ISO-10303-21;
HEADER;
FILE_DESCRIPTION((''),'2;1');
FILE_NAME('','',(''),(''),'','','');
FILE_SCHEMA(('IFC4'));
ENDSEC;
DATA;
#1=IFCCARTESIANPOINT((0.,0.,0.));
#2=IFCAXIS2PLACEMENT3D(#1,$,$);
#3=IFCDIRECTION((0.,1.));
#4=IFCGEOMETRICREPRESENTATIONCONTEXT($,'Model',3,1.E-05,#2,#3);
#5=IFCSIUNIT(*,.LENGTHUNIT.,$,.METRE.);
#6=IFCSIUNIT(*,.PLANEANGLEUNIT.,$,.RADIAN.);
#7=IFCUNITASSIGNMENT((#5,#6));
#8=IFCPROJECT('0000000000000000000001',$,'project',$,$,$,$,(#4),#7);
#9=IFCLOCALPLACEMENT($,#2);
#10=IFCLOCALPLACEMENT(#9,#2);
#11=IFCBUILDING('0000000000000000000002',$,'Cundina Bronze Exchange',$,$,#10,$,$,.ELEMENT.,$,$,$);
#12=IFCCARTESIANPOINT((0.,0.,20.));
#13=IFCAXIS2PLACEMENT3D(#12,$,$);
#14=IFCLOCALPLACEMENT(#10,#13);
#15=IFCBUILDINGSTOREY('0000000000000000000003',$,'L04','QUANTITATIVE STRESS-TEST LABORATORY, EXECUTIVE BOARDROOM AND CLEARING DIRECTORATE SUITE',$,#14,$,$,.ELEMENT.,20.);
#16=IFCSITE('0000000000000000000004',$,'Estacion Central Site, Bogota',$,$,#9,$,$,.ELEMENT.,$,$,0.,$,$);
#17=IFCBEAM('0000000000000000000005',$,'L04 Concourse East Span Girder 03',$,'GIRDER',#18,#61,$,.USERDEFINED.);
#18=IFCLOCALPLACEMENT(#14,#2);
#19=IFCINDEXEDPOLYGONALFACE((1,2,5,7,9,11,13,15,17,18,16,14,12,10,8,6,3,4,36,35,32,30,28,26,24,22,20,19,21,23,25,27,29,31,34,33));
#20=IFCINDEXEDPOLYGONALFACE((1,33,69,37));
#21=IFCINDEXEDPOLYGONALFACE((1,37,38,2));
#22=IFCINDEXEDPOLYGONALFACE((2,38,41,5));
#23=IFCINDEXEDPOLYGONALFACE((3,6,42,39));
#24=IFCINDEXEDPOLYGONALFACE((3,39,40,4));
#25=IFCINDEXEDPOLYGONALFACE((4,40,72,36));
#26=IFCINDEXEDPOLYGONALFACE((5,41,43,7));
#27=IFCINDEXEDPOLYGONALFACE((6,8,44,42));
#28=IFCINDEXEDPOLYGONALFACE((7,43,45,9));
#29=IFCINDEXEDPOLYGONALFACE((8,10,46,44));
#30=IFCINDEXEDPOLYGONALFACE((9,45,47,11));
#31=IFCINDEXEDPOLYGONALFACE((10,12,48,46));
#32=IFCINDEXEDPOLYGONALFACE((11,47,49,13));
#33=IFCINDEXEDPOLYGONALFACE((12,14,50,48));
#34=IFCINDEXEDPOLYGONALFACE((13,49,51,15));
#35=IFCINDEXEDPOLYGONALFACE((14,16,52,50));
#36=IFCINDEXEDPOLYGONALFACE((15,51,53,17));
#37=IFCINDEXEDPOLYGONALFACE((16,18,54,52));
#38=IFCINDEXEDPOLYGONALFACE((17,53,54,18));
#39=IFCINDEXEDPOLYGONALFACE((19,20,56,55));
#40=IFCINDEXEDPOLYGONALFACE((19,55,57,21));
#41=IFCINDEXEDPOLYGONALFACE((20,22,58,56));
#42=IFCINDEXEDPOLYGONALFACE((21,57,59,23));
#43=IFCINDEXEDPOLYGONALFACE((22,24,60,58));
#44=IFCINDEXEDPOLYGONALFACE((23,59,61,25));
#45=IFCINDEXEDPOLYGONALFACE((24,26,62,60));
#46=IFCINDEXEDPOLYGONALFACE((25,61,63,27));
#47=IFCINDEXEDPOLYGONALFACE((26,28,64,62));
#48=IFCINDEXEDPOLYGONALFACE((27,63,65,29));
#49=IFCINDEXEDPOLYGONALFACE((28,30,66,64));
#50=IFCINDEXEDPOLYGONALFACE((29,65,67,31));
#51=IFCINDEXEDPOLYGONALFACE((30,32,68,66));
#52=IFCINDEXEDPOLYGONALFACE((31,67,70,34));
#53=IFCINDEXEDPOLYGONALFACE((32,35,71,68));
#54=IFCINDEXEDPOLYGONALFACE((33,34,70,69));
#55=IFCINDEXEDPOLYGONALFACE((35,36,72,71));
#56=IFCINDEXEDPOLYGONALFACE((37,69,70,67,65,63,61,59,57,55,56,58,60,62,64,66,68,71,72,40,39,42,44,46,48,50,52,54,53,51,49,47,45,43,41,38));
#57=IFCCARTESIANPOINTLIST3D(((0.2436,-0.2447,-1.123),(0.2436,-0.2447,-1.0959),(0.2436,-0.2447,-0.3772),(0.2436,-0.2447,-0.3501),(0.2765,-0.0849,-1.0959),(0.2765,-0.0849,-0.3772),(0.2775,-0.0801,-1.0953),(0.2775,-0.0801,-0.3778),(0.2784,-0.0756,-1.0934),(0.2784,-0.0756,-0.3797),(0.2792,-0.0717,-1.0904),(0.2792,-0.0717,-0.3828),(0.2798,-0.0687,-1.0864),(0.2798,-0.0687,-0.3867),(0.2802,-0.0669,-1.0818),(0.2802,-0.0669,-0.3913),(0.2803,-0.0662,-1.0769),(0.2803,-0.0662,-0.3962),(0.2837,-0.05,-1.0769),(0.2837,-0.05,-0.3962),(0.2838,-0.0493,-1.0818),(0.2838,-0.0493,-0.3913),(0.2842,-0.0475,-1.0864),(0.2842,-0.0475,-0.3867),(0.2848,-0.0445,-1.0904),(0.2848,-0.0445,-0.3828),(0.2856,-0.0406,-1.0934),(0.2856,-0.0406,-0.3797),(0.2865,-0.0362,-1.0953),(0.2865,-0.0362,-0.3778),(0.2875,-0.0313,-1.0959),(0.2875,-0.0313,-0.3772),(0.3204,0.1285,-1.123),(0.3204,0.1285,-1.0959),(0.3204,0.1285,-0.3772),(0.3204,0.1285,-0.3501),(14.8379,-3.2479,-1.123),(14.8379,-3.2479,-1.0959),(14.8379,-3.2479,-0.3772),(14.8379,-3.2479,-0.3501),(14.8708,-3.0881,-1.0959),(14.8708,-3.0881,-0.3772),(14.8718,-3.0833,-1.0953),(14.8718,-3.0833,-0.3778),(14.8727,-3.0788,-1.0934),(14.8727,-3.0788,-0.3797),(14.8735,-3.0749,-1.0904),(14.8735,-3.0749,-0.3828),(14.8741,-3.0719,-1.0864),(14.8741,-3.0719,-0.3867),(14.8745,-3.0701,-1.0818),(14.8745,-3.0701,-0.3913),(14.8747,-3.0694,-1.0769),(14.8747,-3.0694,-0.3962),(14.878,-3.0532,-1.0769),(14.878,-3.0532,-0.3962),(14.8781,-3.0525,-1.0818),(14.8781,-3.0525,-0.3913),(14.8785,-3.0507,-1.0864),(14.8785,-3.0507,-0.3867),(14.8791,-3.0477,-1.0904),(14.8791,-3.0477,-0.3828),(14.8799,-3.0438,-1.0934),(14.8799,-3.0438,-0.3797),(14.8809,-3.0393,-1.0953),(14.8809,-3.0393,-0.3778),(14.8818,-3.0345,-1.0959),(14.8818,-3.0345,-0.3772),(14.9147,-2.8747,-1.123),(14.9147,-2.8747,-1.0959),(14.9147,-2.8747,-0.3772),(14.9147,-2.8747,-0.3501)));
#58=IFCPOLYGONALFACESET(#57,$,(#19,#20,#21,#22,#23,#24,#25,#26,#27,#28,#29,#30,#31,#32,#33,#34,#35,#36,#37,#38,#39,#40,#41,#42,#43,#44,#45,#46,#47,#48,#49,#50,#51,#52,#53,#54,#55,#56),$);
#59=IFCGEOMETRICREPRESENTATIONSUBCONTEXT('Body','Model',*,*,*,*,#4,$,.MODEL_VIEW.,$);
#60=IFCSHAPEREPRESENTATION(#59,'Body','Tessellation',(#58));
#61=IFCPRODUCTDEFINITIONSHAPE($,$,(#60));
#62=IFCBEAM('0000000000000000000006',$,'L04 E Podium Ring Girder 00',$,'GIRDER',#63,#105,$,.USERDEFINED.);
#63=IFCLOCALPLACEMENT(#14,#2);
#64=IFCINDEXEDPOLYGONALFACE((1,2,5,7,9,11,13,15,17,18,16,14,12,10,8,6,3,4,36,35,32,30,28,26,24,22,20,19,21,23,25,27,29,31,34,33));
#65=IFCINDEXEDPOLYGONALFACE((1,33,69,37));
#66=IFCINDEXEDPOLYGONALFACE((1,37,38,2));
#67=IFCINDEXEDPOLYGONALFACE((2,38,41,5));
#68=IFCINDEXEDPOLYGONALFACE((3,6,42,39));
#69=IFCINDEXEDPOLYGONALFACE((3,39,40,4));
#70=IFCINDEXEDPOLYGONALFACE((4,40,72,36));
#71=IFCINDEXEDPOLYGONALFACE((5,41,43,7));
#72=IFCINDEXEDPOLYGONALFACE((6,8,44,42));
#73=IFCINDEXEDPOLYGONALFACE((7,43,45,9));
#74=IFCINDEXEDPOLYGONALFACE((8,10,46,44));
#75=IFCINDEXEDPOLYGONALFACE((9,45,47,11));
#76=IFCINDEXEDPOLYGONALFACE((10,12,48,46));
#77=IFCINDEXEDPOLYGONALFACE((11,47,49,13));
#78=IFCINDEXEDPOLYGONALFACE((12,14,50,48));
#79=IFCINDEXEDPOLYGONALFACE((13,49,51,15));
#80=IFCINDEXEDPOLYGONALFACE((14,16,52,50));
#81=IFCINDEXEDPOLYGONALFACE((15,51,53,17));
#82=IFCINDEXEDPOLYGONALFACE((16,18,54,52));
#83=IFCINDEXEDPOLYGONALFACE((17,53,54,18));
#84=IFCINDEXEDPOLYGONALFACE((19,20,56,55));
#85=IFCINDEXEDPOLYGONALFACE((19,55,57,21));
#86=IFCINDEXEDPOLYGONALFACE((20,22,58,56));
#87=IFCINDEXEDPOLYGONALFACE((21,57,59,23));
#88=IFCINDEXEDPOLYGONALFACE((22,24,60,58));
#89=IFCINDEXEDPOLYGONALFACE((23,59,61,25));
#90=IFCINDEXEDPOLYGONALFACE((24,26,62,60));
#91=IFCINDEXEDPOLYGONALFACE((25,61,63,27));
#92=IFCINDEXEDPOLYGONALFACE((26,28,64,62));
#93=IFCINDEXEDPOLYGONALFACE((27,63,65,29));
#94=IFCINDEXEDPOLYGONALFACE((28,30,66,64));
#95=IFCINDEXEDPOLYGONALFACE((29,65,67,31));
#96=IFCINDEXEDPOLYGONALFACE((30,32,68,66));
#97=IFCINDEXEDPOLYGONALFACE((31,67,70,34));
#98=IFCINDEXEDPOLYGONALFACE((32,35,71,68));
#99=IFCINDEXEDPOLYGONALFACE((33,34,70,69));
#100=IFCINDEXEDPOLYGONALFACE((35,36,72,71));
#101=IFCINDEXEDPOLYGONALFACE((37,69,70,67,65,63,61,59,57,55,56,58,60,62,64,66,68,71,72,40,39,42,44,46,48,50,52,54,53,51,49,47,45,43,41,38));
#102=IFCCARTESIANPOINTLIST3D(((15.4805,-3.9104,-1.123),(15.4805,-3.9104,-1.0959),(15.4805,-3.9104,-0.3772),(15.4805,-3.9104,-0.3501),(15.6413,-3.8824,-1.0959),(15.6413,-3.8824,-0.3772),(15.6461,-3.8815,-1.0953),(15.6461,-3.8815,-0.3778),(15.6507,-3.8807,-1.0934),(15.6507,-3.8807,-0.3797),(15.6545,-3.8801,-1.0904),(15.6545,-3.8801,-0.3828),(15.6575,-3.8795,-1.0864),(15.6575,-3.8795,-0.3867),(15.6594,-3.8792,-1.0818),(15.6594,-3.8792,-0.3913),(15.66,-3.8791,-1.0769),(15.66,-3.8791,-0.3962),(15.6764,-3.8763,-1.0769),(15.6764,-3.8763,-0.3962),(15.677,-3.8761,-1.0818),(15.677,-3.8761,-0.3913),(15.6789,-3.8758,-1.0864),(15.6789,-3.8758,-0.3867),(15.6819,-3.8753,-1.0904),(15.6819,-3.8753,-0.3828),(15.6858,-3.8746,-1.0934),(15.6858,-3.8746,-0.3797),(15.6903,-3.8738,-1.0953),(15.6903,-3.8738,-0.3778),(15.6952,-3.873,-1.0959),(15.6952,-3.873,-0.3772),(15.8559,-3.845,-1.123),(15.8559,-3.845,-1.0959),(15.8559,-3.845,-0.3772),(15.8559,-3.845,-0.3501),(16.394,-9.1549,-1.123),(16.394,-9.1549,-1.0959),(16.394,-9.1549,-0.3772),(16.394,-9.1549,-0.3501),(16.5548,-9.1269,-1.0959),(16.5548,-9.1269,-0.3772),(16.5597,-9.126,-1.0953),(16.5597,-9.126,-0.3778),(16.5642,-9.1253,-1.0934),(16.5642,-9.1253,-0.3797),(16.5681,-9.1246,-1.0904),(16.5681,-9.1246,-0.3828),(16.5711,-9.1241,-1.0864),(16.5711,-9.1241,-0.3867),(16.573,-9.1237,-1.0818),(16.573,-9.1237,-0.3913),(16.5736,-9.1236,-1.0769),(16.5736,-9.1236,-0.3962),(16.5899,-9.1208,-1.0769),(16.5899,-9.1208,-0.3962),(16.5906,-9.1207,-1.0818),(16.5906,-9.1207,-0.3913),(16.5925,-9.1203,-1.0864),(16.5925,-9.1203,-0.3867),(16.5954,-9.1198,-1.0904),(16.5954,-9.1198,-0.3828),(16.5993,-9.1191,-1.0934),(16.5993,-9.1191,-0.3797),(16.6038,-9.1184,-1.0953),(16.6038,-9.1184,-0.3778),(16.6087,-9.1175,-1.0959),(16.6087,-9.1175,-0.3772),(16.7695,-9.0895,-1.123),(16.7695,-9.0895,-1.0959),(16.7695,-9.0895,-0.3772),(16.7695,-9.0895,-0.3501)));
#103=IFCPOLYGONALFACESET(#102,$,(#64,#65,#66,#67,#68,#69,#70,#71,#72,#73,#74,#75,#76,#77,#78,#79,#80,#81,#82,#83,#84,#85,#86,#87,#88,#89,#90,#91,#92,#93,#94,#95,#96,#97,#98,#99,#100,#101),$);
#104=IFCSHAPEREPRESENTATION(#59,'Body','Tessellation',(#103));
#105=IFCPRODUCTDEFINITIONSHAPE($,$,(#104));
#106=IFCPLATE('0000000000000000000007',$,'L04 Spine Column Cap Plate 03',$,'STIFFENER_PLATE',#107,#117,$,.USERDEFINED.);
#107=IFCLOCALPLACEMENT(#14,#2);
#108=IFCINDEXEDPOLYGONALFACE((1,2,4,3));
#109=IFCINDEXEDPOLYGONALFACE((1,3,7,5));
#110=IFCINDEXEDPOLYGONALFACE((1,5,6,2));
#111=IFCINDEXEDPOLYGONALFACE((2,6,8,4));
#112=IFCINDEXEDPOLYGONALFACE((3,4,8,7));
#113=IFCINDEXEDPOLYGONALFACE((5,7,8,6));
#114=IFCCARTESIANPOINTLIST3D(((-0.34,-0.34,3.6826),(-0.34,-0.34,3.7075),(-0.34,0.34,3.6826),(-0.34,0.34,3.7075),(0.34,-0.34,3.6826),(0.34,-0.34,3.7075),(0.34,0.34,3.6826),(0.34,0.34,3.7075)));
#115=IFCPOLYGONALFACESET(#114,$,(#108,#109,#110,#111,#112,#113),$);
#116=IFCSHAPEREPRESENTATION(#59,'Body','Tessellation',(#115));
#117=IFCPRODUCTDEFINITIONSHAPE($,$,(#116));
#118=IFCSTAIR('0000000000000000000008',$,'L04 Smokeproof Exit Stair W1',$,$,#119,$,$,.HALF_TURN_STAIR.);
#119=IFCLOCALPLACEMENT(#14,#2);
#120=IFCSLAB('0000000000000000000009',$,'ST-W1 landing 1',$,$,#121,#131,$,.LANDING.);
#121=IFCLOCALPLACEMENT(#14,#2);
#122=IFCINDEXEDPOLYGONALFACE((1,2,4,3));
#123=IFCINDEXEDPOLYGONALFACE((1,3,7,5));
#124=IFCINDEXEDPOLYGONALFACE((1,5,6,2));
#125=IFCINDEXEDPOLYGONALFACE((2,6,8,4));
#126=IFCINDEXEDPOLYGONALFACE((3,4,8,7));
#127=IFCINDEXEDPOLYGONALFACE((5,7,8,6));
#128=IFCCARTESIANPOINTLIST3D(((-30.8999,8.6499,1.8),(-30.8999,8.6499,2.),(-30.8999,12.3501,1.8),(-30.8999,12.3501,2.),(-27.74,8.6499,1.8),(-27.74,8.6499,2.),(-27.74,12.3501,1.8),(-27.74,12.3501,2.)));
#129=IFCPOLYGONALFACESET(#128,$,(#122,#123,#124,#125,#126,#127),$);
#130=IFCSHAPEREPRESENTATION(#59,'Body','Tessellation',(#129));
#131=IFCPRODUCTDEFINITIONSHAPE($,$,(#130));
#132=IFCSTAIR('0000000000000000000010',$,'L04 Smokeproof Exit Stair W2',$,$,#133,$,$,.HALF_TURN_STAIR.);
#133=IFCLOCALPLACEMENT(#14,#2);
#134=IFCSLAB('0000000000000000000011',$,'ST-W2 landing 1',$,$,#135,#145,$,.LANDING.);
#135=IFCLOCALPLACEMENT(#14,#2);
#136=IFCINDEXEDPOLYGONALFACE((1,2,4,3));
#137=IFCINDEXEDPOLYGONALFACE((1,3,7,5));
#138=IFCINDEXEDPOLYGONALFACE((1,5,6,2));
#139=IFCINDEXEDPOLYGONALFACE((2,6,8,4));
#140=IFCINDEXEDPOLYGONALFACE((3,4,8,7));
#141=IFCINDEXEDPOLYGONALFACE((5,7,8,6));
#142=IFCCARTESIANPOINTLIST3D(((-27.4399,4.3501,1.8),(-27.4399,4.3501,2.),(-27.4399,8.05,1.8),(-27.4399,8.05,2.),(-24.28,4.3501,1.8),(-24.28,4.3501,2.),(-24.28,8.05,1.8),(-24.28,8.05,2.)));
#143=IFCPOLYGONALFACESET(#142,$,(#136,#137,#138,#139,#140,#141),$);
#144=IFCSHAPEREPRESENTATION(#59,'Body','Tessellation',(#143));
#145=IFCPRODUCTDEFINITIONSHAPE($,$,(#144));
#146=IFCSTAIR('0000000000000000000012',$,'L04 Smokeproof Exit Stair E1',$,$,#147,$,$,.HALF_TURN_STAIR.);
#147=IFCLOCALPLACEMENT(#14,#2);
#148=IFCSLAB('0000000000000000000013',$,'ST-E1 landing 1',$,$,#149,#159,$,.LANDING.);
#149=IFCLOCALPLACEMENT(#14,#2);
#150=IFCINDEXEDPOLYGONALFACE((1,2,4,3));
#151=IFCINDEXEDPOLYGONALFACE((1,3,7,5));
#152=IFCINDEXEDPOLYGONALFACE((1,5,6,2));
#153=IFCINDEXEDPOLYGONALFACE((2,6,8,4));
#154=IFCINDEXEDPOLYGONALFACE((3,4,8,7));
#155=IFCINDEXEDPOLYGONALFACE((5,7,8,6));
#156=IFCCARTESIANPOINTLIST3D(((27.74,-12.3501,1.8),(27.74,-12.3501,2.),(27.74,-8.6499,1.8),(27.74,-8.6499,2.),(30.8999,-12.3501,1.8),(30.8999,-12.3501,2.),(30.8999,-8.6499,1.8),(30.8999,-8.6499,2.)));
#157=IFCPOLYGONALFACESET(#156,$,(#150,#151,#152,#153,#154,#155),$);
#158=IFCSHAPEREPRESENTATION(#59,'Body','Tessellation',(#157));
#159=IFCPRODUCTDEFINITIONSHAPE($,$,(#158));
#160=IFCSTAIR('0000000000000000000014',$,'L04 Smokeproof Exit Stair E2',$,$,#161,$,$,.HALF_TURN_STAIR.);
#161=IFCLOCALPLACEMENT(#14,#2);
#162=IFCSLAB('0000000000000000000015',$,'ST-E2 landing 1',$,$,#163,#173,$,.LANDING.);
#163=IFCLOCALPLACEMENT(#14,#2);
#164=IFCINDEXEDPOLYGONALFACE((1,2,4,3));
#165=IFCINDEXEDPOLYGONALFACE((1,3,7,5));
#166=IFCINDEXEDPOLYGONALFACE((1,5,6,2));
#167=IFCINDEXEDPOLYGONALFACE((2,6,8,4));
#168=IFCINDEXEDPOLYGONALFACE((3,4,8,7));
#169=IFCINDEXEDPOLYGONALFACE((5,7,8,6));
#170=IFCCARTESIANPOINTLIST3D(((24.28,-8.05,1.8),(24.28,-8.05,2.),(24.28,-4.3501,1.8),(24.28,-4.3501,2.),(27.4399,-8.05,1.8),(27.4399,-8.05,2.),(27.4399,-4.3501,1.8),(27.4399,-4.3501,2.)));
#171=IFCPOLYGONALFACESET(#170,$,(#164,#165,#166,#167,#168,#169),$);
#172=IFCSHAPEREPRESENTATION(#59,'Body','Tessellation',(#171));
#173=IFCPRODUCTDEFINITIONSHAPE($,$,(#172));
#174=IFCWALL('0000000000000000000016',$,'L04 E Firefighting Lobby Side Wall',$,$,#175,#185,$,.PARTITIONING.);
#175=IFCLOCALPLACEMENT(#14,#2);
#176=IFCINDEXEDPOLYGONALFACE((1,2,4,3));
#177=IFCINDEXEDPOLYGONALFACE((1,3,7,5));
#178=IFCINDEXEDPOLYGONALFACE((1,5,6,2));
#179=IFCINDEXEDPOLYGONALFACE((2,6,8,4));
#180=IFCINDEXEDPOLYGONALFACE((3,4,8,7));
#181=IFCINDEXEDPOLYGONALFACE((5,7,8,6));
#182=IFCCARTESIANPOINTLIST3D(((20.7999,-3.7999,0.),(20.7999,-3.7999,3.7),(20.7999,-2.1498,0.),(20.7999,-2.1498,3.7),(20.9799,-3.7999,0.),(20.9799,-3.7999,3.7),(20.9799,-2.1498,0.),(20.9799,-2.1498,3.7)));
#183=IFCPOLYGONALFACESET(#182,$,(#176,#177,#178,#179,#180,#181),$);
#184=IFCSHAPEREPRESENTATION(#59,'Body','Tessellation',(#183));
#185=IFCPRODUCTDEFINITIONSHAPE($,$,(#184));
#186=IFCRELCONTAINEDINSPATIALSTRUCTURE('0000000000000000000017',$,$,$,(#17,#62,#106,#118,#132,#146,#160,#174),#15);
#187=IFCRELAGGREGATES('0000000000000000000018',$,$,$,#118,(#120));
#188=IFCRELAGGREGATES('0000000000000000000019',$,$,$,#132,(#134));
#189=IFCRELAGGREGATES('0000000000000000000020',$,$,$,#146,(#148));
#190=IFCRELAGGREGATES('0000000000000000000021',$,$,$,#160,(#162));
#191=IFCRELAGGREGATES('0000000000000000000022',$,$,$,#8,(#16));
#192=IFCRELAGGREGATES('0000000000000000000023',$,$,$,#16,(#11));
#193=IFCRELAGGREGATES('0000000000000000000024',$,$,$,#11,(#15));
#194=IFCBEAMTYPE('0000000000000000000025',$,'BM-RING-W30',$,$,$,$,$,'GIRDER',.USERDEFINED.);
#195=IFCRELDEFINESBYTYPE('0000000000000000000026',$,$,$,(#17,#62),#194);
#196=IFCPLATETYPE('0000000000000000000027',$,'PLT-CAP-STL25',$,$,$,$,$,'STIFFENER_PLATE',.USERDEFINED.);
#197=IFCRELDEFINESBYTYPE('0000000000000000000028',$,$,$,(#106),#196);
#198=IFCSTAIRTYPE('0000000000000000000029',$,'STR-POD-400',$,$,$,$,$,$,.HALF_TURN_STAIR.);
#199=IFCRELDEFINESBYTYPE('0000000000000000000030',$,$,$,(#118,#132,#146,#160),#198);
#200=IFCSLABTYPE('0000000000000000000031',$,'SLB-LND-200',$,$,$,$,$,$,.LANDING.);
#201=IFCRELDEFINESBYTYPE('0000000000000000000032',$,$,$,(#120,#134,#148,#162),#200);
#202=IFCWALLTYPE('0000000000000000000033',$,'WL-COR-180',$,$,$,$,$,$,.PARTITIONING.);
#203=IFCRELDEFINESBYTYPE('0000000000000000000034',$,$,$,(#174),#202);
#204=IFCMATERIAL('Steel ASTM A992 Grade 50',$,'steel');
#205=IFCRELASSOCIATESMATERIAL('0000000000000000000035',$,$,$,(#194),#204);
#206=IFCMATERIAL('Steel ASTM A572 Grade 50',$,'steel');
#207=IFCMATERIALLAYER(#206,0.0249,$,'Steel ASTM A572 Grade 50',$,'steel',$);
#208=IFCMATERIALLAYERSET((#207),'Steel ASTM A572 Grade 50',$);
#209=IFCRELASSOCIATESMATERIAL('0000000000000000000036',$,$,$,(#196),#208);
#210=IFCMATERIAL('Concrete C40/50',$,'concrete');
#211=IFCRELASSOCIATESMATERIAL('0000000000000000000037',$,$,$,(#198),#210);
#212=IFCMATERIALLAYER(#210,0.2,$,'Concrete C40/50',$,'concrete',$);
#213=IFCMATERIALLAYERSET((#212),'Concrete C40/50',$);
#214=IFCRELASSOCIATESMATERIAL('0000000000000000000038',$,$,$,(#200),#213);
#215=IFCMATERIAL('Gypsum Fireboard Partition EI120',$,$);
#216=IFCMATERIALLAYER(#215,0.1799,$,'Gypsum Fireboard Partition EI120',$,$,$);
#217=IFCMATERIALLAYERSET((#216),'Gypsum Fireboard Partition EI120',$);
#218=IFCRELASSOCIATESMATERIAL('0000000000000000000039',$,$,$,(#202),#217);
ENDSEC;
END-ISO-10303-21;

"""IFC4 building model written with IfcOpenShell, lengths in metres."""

from ifc_helpers import new_model, si_unit, direction, frame, frame_2d, origin, origin_2d, place, context, subcontext, project, spatial, polyline, rectangle, i_section, outline, extrude, material, layer, layer_set, material_profile, profile_set, type_object, element, aggregate, save


model = new_model("IFC4")

# Units and contexts
model_context = context("Model", 3, precision=1e-05, world=origin(), true_north=direction((0.0, 1.0)))
body_context = subcontext(model_context, "Body", "Model", "MODEL_VIEW")
ifc_project = project(units=[si_unit("LENGTHUNIT", "METRE"), si_unit("PLANEANGLEUNIT", "RADIAN")], contexts=[model_context])

# Site, building, storey
site_placement = place(None, origin())
site = spatial("IfcSite", under=ifc_project, at=site_placement, Name="Estacion Central Site, Bogota", CompositionType="ELEMENT", RefElevation=0.0)
building_placement = place(site_placement, origin())
building = spatial("IfcBuilding", under=site, at=building_placement, Name="Cundina Bronze Exchange", CompositionType="ELEMENT")
storey_placement = place(building_placement, frame((0.0, 0.0, 20.0)))
storey = spatial("IfcBuildingStorey", under=building, at=storey_placement, Name="L04", Description="QUANTITATIVE STRESS-TEST LABORATORY, EXECUTIVE BOARDROOM AND CLEARING DIRECTORATE SUITE", CompositionType="ELEMENT", Elevation=20.0)

# Shared definitions
ifc_material_1 = material(Name="Steel ASTM A992 Grade 50", Category="steel")

# Beams
ifc_material_profile_1 = material_profile(ifc_material_1, i_section(OverallWidth=0.3811, OverallDepth=0.7729, WebThickness=0.0166, FlangeThickness=0.0271, FilletRadius=0.019, at=origin_2d()), Name="W30X173", Category="steel")
ifc_profile_set_1 = profile_set([ifc_material_profile_1], Name="Steel ASTM A992 Grade 50")
beam_type_1 = type_object("IfcBeamType", Name="BM-RING-W30", ElementType="GIRDER", PredefinedType="USERDEFINED", material=ifc_profile_set_1)
beam_1_placement = place(storey_placement, frame((0.282, -0.0581, -0.7366), z_axis=(0.979477, -0.201555, 0.0), x_axis=(0.201555, 0.979477, 0.0)))
element("IfcBeam", 1, at=beam_1_placement, inside=storey, type_object=beam_type_1, Name="L04 Concourse East Span Girder 03", ObjectType="GIRDER", PredefinedType="USERDEFINED", context=body_context, shape_type="SweptSolid", body=[
    extrude(i_section(OverallWidth=0.3811, OverallDepth=0.7729, WebThickness=0.0166, FlangeThickness=0.0271, FilletRadius=0.019, at=origin_2d()), origin(), (0.0, 0.0, 1.0), 14.9001),
])
beam_2_placement = place(storey_placement, frame((15.6682, -3.8777, -0.7366), z_axis=(0.171608, -0.985165, 0.0), x_axis=(0.985165, 0.171608, 0.0)))
element("IfcBeam", 2, at=beam_2_placement, inside=storey, type_object=beam_type_1, Name="L04 E Podium Ring Girder 00", ObjectType="GIRDER", PredefinedType="USERDEFINED", context=body_context, shape_type="SweptSolid", body=[
    extrude(i_section(OverallWidth=0.3811, OverallDepth=0.7729, WebThickness=0.0166, FlangeThickness=0.0271, FilletRadius=0.019, at=origin_2d()), origin(), (0.0, 0.0, 1.0), 5.3235),
])

# Plate
ifc_material_2 = material(Name="Steel ASTM A572 Grade 50", Category="steel")
ifc_layer_1 = layer(ifc_material_2, 0.0249, Name="Steel ASTM A572 Grade 50", Category="steel")
ifc_layer_set_1 = layer_set([ifc_layer_1], Name="Steel ASTM A572 Grade 50")
plate_type = type_object("IfcPlateType", Name="PLT-CAP-STL25", ElementType="STIFFENER_PLATE", PredefinedType="USERDEFINED", material=ifc_layer_set_1)
plate_placement = place(storey_placement, frame((0.0, 0.0, 3.6826), z_axis=(0.0, 0.0, 1.0), x_axis=(1.0, 0.0, 0.0)))
element("IfcPlate", 3, at=plate_placement, inside=storey, type_object=plate_type, Name="L04 Spine Column Cap Plate 03", ObjectType="STIFFENER_PLATE", PredefinedType="USERDEFINED", context=body_context, shape_type="SweptSolid", body=[
    extrude(rectangle(XDim=0.6799, YDim=0.6799, at=origin_2d()), origin(), (0.0, 0.0, 1.0), 0.0249),
])

# Stairs, slabs
ifc_material_3 = material(Name="Concrete C40/50", Category="concrete")
stair_type = type_object("IfcStairType", Name="STR-POD-400", PredefinedType="HALF_TURN_STAIR", material=ifc_material_3)
stair_1_placement = place(storey_placement, origin())
stair_1 = element("IfcStair", 4, at=stair_1_placement, inside=storey, type_object=stair_type, Name="L04 Smokeproof Exit Stair W1", PredefinedType="HALF_TURN_STAIR")
ifc_layer_2 = layer(ifc_material_3, 0.2, Name="Concrete C40/50", Category="concrete")
ifc_layer_set_2 = layer_set([ifc_layer_2], Name="Concrete C40/50")
slab_type = type_object("IfcSlabType", Name="SLB-LND-200", PredefinedType="LANDING", material=ifc_layer_set_2)
slab_1_placement = place(storey_placement, frame((0.0, 0.0, 1.8)))
slab_1 = element("IfcSlab", 5, at=slab_1_placement, type_object=slab_type, Name="ST-W1 landing 1", PredefinedType="LANDING", context=body_context, shape_type="SweptSolid", body=[
    extrude(outline(polyline([(-27.74, 8.6499), (-27.74, 12.3501), (-30.8999, 12.3501), (-30.8999, 8.6499), (-27.74, 8.6499)])), origin(), (0.0, 0.0, 1.0), 0.2),
])
aggregate(stair_1, [slab_1])
stair_2_placement = place(storey_placement, origin())
stair_2 = element("IfcStair", 6, at=stair_2_placement, inside=storey, type_object=stair_type, Name="L04 Smokeproof Exit Stair W2", PredefinedType="HALF_TURN_STAIR")
slab_2_placement = place(storey_placement, frame((0.0, 0.0, 1.8)))
slab_2 = element("IfcSlab", 7, at=slab_2_placement, type_object=slab_type, Name="ST-W2 landing 1", PredefinedType="LANDING", context=body_context, shape_type="SweptSolid", body=[
    extrude(outline(polyline([(-27.4399, 8.05), (-27.4399, 4.3501), (-24.28, 4.3501), (-24.28, 8.05), (-27.4399, 8.05)])), origin(), (0.0, 0.0, 1.0), 0.2),
])
aggregate(stair_2, [slab_2])
stair_3_placement = place(storey_placement, origin())
stair_3 = element("IfcStair", 8, at=stair_3_placement, inside=storey, type_object=stair_type, Name="L04 Smokeproof Exit Stair E1", PredefinedType="HALF_TURN_STAIR")
slab_3_placement = place(storey_placement, frame((0.0, 0.0, 1.8)))
slab_3 = element("IfcSlab", 9, at=slab_3_placement, type_object=slab_type, Name="ST-E1 landing 1", PredefinedType="LANDING", context=body_context, shape_type="SweptSolid", body=[
    extrude(outline(polyline([(27.74, -8.6499), (27.74, -12.3501), (30.8999, -12.3501), (30.8999, -8.6499), (27.74, -8.6499)])), origin(), (0.0, 0.0, 1.0), 0.2),
])
aggregate(stair_3, [slab_3])
stair_4_placement = place(storey_placement, origin())
stair_4 = element("IfcStair", 10, at=stair_4_placement, inside=storey, type_object=stair_type, Name="L04 Smokeproof Exit Stair E2", PredefinedType="HALF_TURN_STAIR")
slab_4_placement = place(storey_placement, frame((0.0, 0.0, 1.8)))
slab_4 = element("IfcSlab", 11, at=slab_4_placement, type_object=slab_type, Name="ST-E2 landing 1", PredefinedType="LANDING", context=body_context, shape_type="SweptSolid", body=[
    extrude(outline(polyline([(27.4399, -8.05), (27.4399, -4.3501), (24.28, -4.3501), (24.28, -8.05), (27.4399, -8.05)])), origin(), (0.0, 0.0, 1.0), 0.2),
])
aggregate(stair_4, [slab_4])

# Wall
ifc_material_4 = material(Name="Gypsum Fireboard Partition EI120")
ifc_layer_3 = layer(ifc_material_4, 0.1799, Name="Gypsum Fireboard Partition EI120")
ifc_layer_set_3 = layer_set([ifc_layer_3], Name="Gypsum Fireboard Partition EI120")
wall_type_1 = type_object("IfcWallType", Name="WL-COR-180", PredefinedType="PARTITIONING", material=ifc_layer_set_3)
wall_1_placement = place(storey_placement, frame((20.8899, -3.8, 0.0), z_axis=(0.0, 0.0, 1.0), x_axis=(0.0, 1.0, 0.0)))
element("IfcWall", 12, at=wall_1_placement, inside=storey, type_object=wall_type_1, Name="L04 E Firefighting Lobby Side Wall", PredefinedType="PARTITIONING", context=body_context, shape_type="SweptSolid", body=[
    extrude(rectangle(XDim=1.6501, YDim=0.1799, at=frame_2d((0.8252, 0.0))), origin(), (0.0, 0.0, 1.0), 3.7),
])

save(model, "model.ifc")
